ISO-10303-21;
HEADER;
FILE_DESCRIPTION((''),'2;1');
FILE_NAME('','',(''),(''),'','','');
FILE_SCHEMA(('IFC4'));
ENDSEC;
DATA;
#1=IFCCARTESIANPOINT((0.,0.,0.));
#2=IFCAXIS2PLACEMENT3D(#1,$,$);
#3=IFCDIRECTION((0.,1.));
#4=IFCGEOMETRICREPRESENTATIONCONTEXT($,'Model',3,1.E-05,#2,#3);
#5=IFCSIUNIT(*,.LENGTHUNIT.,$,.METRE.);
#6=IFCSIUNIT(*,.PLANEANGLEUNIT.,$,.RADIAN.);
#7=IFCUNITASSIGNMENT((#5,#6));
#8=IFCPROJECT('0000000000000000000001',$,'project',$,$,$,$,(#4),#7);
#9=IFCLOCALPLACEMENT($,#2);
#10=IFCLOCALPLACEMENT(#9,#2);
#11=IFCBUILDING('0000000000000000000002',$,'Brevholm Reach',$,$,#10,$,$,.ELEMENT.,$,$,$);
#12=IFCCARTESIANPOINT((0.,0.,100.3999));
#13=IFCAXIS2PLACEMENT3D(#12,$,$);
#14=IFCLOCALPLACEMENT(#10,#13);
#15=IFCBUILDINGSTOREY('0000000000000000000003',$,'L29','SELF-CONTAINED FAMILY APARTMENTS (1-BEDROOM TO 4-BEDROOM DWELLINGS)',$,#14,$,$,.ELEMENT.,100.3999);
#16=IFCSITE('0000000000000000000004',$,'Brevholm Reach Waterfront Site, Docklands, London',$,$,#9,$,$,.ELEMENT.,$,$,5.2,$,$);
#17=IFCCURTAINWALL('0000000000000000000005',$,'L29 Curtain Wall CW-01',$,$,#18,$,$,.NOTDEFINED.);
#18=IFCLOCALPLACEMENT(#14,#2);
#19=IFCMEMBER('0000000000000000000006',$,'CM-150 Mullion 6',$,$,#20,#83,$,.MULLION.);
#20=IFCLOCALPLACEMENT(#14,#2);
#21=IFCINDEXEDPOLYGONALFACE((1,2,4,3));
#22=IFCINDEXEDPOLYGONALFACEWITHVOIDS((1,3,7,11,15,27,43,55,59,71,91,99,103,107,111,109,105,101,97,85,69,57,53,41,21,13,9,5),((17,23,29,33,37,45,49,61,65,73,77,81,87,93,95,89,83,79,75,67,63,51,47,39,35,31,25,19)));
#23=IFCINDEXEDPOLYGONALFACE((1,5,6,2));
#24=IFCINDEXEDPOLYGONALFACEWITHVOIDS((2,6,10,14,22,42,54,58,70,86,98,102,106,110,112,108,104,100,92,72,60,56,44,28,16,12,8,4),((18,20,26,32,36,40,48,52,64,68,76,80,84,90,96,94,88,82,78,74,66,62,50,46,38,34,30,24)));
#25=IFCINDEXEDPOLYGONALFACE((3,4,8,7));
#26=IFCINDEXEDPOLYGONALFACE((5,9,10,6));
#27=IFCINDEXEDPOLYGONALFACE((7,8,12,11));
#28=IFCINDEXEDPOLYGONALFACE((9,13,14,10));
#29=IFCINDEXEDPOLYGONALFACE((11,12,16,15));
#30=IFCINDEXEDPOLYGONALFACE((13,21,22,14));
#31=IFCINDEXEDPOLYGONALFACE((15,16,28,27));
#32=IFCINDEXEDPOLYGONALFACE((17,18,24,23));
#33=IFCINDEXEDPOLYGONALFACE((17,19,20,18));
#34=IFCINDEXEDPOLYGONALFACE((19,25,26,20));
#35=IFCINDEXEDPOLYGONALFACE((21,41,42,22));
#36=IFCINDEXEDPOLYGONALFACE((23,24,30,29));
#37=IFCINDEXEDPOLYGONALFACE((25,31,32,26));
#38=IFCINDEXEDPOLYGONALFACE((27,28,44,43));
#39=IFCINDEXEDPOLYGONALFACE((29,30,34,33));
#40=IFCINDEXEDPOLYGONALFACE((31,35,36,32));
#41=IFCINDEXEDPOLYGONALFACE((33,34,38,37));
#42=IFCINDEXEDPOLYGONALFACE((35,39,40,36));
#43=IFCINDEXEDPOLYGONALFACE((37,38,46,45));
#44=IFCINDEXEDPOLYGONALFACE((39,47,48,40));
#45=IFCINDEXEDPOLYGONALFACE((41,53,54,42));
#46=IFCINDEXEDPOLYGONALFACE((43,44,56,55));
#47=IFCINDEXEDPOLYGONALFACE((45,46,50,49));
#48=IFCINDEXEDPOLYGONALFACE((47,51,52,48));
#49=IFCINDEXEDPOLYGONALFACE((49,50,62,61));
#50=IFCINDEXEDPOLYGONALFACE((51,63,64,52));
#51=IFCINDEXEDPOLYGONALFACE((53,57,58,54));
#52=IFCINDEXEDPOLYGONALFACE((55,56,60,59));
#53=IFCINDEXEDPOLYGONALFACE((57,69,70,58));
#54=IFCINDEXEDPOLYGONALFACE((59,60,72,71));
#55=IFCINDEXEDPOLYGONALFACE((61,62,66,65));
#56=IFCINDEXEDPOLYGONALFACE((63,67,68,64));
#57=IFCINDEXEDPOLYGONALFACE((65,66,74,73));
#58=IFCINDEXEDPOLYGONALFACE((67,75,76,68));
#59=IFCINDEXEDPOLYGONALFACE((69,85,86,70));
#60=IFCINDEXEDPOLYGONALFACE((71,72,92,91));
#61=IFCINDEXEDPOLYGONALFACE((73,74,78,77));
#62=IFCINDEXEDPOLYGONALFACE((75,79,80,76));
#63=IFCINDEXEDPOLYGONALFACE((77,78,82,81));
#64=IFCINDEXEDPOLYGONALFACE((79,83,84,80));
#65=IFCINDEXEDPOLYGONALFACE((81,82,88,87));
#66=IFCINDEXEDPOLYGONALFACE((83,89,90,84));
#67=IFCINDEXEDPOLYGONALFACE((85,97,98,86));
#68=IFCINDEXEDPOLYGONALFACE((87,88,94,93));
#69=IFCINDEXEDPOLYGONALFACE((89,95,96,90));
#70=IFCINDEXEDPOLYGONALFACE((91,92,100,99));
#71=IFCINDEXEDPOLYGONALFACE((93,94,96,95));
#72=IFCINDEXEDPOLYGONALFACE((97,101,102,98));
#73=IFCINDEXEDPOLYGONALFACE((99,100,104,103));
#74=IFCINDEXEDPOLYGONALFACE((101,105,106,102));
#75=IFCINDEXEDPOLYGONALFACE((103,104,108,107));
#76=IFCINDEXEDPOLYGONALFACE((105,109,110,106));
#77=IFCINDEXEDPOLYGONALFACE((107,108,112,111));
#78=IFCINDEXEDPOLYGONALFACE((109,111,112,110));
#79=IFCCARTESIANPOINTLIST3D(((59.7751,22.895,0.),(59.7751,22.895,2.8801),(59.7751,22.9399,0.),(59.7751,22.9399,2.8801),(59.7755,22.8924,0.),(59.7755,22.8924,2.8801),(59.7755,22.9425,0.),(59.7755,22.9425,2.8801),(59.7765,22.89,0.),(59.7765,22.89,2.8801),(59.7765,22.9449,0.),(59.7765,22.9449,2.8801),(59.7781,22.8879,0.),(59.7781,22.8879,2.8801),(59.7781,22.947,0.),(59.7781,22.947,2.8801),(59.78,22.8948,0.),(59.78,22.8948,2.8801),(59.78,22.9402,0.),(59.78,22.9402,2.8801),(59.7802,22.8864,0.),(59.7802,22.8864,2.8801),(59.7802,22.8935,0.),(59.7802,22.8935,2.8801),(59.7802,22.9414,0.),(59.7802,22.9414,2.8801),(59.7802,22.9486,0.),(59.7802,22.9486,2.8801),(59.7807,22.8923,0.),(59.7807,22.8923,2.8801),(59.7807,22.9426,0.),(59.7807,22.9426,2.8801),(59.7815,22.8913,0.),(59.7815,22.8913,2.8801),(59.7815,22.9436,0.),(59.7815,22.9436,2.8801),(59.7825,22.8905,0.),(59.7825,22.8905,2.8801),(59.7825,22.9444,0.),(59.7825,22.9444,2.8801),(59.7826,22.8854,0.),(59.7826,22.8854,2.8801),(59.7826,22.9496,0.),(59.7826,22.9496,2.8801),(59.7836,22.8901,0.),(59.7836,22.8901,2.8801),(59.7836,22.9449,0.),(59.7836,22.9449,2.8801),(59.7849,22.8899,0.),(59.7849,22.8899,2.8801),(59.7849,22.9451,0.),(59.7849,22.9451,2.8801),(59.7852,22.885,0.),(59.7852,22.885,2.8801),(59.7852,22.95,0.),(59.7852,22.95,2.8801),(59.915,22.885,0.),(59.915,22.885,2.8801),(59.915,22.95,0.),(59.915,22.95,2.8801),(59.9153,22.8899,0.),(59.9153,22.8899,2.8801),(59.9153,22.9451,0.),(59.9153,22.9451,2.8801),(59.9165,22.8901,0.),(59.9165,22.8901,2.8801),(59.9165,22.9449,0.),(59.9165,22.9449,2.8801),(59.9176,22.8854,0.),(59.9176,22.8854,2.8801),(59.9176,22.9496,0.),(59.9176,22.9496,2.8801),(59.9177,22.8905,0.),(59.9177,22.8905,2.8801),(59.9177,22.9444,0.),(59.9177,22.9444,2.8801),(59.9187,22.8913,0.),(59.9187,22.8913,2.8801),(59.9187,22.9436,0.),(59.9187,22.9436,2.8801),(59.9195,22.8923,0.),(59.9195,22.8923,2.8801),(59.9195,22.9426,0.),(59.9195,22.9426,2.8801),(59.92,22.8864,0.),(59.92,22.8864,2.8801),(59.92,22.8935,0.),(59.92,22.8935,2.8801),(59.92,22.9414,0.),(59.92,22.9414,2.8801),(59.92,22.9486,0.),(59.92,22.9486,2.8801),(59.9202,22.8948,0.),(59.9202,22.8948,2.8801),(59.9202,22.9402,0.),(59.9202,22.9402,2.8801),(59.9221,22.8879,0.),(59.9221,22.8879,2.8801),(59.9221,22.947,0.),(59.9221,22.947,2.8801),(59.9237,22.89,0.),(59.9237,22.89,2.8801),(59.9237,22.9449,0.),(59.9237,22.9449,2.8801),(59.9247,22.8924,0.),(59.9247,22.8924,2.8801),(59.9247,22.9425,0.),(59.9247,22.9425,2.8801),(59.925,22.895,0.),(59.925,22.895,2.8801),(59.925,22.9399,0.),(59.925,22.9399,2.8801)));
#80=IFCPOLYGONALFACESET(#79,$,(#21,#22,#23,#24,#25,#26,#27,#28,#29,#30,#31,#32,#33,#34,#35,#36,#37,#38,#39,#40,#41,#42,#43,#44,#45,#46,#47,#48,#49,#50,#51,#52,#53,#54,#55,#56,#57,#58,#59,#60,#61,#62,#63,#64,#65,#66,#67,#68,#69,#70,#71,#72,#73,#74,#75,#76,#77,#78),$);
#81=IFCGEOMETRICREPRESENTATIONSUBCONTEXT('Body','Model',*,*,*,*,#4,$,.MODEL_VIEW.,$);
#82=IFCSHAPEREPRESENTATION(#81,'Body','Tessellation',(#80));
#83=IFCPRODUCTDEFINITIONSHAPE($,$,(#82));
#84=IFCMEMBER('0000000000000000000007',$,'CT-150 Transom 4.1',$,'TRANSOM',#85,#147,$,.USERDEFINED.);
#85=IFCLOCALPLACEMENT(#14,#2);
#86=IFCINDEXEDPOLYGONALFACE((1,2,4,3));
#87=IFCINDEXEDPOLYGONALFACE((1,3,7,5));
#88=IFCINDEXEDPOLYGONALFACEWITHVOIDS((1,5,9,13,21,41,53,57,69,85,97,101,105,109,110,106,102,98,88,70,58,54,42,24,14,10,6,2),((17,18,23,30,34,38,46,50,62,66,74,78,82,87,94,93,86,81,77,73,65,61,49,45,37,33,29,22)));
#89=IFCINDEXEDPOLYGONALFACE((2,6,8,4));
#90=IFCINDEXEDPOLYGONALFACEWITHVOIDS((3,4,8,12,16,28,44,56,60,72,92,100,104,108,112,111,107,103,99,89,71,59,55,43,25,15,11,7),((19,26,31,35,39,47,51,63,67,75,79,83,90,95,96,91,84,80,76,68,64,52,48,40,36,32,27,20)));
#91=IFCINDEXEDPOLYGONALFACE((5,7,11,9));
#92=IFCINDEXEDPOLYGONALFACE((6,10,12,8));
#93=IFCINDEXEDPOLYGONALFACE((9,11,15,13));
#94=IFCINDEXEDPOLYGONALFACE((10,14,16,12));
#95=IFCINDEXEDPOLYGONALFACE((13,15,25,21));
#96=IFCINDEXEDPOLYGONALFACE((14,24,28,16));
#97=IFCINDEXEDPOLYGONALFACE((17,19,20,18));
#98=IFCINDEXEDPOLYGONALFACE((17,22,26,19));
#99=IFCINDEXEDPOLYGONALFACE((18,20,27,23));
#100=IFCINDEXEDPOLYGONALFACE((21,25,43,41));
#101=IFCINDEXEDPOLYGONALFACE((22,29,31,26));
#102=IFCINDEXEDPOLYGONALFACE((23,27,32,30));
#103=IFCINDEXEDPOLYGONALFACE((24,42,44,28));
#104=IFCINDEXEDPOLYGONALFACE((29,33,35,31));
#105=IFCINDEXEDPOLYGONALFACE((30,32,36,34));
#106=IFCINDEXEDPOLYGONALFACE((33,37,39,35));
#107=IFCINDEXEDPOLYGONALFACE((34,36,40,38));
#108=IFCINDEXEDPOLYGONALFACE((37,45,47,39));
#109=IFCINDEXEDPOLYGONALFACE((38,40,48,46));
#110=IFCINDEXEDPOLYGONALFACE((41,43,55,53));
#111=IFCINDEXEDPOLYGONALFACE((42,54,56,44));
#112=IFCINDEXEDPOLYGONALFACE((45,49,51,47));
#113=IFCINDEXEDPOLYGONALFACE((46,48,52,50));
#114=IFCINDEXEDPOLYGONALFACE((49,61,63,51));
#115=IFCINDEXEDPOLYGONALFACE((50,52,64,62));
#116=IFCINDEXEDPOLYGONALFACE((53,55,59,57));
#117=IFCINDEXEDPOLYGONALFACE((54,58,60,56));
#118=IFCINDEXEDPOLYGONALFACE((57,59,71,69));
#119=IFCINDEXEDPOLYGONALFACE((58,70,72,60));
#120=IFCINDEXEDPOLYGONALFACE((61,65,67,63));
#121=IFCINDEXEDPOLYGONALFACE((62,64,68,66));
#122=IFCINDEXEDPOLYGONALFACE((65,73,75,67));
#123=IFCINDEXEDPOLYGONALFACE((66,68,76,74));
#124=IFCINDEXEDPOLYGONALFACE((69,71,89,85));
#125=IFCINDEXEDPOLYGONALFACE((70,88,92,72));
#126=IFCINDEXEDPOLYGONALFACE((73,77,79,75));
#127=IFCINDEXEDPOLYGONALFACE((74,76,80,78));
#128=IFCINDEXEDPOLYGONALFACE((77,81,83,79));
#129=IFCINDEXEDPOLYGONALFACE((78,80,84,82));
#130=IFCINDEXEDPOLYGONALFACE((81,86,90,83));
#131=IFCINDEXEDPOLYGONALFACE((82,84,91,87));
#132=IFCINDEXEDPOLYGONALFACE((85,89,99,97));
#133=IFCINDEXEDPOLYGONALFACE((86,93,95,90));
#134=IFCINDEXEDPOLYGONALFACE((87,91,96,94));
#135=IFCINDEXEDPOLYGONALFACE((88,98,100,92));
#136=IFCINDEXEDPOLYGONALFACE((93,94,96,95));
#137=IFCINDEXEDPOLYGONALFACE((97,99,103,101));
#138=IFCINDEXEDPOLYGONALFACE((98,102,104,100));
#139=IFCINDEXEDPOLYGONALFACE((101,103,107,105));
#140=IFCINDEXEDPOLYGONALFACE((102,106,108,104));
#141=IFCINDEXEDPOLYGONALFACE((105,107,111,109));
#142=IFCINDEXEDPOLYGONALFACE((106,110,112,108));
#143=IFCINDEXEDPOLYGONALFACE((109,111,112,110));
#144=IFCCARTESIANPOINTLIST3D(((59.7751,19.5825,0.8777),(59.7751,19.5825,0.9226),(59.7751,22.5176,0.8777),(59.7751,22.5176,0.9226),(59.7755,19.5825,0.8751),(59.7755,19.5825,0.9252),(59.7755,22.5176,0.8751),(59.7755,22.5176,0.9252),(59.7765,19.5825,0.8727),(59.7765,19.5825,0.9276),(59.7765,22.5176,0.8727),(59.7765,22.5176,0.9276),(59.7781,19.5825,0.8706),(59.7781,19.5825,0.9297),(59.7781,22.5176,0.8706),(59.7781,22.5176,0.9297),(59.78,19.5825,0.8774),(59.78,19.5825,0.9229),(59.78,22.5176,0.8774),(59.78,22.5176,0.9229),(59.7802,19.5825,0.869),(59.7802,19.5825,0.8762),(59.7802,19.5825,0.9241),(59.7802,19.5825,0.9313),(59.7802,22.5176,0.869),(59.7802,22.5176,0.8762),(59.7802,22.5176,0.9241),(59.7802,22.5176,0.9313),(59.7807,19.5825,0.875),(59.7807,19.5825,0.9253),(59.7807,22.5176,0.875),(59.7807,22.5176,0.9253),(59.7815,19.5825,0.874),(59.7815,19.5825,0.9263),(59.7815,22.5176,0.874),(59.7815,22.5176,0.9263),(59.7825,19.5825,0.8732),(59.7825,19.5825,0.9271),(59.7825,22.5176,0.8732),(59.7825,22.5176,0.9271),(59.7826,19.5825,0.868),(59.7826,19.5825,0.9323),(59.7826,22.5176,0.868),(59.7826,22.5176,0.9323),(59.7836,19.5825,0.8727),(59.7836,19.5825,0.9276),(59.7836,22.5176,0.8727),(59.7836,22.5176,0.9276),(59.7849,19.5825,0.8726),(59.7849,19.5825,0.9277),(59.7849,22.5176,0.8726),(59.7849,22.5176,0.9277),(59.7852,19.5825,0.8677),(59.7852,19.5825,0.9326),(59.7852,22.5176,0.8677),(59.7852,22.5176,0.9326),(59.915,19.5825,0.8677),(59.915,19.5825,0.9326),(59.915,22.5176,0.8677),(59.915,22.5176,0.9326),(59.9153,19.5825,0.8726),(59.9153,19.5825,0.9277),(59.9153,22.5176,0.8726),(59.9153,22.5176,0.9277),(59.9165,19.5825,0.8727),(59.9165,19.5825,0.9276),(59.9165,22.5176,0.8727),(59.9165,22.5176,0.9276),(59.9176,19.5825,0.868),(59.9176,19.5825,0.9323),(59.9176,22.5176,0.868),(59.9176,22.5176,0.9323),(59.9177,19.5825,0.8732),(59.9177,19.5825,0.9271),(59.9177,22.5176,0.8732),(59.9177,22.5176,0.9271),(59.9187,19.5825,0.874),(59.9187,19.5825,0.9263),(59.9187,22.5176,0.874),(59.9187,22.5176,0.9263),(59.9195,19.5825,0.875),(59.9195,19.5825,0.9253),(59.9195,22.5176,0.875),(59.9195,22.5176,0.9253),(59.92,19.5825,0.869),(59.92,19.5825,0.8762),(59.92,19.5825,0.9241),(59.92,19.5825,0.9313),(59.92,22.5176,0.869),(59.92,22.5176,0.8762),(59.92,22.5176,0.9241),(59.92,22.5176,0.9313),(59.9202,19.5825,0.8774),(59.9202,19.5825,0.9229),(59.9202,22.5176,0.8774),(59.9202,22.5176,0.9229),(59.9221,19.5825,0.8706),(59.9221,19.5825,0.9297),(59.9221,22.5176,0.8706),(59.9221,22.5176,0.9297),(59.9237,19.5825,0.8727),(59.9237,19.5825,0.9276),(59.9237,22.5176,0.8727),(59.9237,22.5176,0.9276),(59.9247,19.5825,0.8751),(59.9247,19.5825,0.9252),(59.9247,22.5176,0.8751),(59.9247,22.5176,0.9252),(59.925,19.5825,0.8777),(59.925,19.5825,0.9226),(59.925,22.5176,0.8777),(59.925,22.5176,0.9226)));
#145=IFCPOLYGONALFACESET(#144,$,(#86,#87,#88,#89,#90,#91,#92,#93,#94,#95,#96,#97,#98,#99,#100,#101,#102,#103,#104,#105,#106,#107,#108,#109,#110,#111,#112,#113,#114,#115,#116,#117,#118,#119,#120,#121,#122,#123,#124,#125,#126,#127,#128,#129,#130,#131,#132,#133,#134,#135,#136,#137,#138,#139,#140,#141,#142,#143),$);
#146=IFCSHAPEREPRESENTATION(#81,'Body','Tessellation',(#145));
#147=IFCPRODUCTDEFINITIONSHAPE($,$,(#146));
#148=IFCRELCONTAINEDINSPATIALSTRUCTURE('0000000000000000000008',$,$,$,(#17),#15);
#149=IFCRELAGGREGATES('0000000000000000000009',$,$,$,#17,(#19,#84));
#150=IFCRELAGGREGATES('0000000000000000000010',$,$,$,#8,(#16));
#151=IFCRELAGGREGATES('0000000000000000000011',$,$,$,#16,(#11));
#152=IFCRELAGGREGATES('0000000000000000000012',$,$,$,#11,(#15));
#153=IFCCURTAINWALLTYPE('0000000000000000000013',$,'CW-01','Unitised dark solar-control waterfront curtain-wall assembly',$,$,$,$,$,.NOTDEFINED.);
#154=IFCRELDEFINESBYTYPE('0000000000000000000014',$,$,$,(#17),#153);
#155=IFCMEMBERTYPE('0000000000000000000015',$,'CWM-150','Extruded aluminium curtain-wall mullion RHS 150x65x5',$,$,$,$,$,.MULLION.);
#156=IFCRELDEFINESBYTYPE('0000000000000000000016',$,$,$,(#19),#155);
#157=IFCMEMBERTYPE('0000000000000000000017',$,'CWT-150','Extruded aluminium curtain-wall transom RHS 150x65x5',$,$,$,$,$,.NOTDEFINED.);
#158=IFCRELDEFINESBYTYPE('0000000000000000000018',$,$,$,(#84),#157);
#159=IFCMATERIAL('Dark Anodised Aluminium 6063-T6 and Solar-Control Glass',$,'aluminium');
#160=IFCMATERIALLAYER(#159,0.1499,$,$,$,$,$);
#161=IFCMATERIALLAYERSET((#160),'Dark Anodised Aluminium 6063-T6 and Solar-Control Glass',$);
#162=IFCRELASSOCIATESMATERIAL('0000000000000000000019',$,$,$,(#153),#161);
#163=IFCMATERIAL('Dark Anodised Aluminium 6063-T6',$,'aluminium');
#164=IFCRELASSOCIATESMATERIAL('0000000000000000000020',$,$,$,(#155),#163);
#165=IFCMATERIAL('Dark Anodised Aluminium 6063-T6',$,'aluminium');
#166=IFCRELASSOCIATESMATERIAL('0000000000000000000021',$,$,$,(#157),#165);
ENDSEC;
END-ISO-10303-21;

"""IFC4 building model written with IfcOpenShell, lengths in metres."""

from ifc_helpers import new_model, si_unit, direction, frame, origin, origin_2d, place, context, subcontext, project, spatial, hollow_rectangle, extrude, material, layer, layer_set, material_profile, profile_set, type_object, element, aggregate, save


model = new_model("IFC4")

# Units and contexts
model_context = context("Model", 3, precision=1e-05, world=origin(), true_north=direction((0.0, 1.0)))
body_context = subcontext(model_context, "Body", "Model", "MODEL_VIEW")
ifc_project = project(units=[si_unit("LENGTHUNIT", "METRE"), si_unit("PLANEANGLEUNIT", "RADIAN")], contexts=[model_context])

# Site, building, storey
site_placement = place(None, origin())
site = spatial("IfcSite", under=ifc_project, at=site_placement, Name="Brevholm Reach Waterfront Site, Docklands, London", CompositionType="ELEMENT", RefElevation=5.2)
building_placement = place(site_placement, origin())
building = spatial("IfcBuilding", under=site, at=building_placement, Name="Brevholm Reach", CompositionType="ELEMENT")
storey_placement = place(building_placement, frame((0.0, 0.0, 100.3999)))
storey = spatial("IfcBuildingStorey", under=building, at=storey_placement, Name="L29", Description="SELF-CONTAINED FAMILY APARTMENTS (1-BEDROOM TO 4-BEDROOM DWELLINGS)", CompositionType="ELEMENT", Elevation=100.3999)

# Curtain wall, members
ifc_material_1 = material(Name="Dark Anodised Aluminium 6063-T6 and Solar-Control Glass", Category="aluminium")
ifc_layer_1 = layer(ifc_material_1, 0.1499)
ifc_layer_set_1 = layer_set([ifc_layer_1], Name="Dark Anodised Aluminium 6063-T6 and Solar-Control Glass")
curtain_wall_type = type_object("IfcCurtainWallType", Name="CW-01", Description="Unitised dark solar-control waterfront curtain-wall assembly", PredefinedType="NOTDEFINED", material=ifc_layer_set_1)
curtain_wall_placement = place(storey_placement, origin())
curtain_wall = element("IfcCurtainWall", 1, at=curtain_wall_placement, inside=storey, type_object=curtain_wall_type, Name="L29 Curtain Wall CW-01", PredefinedType="NOTDEFINED")
ifc_material_2 = material(Name="Dark Anodised Aluminium 6063-T6", Category="aluminium")
ifc_material_profile_1 = material_profile(ifc_material_2, hollow_rectangle(XDim=0.0649, YDim=0.1499, WallThickness=0.0049, InnerFilletRadius=0.0049, OuterFilletRadius=0.01, at=origin_2d()), Name="RHS 150x65x5")
ifc_profile_set_1 = profile_set([ifc_material_profile_1], Name="Dark Anodised Aluminium 6063-T6")
member_type_1 = type_object("IfcMemberType", Name="CWM-150", Description="Extruded aluminium curtain-wall mullion RHS 150x65x5", PredefinedType="MULLION", material=ifc_profile_set_1)
member_1_placement = place(storey_placement, frame((59.8501, 22.9175, 0.0), z_axis=(0.0, 0.0, 1.0), x_axis=(0.0, 1.0, 0.0)))
member_1 = element("IfcMember", 2, at=member_1_placement, type_object=member_type_1, Name="CM-150 Mullion 6", PredefinedType="MULLION", context=body_context, shape_type="SweptSolid", body=[
    extrude(hollow_rectangle(XDim=0.0649, YDim=0.1499, WallThickness=0.0049, InnerFilletRadius=0.0049, OuterFilletRadius=0.01, at=origin_2d()), origin(), (0.0, 0.0, 1.0), 2.8801),
])
ifc_material_3 = material(Name="Dark Anodised Aluminium 6063-T6", Category="aluminium")
ifc_material_profile_2 = material_profile(ifc_material_3, hollow_rectangle(XDim=0.0649, YDim=0.1499, WallThickness=0.0049, InnerFilletRadius=0.0049, OuterFilletRadius=0.01, at=origin_2d()), Name="RHS 150x65x5")
ifc_profile_set_2 = profile_set([ifc_material_profile_2], Name="Dark Anodised Aluminium 6063-T6")
member_type_2 = type_object("IfcMemberType", Name="CWT-150", Description="Extruded aluminium curtain-wall transom RHS 150x65x5", PredefinedType="NOTDEFINED", material=ifc_profile_set_2)
member_2_placement = place(storey_placement, frame((59.8501, 19.5825, 0.9001), z_axis=(0.0, 1.0, 0.0), x_axis=(0.0, 0.0, 1.0)))
member_2 = element("IfcMember", 3, at=member_2_placement, type_object=member_type_2, Name="CT-150 Transom 4.1", ObjectType="TRANSOM", PredefinedType="USERDEFINED", context=body_context, shape_type="SweptSolid", body=[
    extrude(hollow_rectangle(XDim=0.0649, YDim=0.1499, WallThickness=0.0049, InnerFilletRadius=0.0049, OuterFilletRadius=0.01, at=origin_2d()), origin(), (0.0, 0.0, 1.0), 2.9351),
])
aggregate(curtain_wall, [member_1, member_2])

save(model, "model.ifc")
